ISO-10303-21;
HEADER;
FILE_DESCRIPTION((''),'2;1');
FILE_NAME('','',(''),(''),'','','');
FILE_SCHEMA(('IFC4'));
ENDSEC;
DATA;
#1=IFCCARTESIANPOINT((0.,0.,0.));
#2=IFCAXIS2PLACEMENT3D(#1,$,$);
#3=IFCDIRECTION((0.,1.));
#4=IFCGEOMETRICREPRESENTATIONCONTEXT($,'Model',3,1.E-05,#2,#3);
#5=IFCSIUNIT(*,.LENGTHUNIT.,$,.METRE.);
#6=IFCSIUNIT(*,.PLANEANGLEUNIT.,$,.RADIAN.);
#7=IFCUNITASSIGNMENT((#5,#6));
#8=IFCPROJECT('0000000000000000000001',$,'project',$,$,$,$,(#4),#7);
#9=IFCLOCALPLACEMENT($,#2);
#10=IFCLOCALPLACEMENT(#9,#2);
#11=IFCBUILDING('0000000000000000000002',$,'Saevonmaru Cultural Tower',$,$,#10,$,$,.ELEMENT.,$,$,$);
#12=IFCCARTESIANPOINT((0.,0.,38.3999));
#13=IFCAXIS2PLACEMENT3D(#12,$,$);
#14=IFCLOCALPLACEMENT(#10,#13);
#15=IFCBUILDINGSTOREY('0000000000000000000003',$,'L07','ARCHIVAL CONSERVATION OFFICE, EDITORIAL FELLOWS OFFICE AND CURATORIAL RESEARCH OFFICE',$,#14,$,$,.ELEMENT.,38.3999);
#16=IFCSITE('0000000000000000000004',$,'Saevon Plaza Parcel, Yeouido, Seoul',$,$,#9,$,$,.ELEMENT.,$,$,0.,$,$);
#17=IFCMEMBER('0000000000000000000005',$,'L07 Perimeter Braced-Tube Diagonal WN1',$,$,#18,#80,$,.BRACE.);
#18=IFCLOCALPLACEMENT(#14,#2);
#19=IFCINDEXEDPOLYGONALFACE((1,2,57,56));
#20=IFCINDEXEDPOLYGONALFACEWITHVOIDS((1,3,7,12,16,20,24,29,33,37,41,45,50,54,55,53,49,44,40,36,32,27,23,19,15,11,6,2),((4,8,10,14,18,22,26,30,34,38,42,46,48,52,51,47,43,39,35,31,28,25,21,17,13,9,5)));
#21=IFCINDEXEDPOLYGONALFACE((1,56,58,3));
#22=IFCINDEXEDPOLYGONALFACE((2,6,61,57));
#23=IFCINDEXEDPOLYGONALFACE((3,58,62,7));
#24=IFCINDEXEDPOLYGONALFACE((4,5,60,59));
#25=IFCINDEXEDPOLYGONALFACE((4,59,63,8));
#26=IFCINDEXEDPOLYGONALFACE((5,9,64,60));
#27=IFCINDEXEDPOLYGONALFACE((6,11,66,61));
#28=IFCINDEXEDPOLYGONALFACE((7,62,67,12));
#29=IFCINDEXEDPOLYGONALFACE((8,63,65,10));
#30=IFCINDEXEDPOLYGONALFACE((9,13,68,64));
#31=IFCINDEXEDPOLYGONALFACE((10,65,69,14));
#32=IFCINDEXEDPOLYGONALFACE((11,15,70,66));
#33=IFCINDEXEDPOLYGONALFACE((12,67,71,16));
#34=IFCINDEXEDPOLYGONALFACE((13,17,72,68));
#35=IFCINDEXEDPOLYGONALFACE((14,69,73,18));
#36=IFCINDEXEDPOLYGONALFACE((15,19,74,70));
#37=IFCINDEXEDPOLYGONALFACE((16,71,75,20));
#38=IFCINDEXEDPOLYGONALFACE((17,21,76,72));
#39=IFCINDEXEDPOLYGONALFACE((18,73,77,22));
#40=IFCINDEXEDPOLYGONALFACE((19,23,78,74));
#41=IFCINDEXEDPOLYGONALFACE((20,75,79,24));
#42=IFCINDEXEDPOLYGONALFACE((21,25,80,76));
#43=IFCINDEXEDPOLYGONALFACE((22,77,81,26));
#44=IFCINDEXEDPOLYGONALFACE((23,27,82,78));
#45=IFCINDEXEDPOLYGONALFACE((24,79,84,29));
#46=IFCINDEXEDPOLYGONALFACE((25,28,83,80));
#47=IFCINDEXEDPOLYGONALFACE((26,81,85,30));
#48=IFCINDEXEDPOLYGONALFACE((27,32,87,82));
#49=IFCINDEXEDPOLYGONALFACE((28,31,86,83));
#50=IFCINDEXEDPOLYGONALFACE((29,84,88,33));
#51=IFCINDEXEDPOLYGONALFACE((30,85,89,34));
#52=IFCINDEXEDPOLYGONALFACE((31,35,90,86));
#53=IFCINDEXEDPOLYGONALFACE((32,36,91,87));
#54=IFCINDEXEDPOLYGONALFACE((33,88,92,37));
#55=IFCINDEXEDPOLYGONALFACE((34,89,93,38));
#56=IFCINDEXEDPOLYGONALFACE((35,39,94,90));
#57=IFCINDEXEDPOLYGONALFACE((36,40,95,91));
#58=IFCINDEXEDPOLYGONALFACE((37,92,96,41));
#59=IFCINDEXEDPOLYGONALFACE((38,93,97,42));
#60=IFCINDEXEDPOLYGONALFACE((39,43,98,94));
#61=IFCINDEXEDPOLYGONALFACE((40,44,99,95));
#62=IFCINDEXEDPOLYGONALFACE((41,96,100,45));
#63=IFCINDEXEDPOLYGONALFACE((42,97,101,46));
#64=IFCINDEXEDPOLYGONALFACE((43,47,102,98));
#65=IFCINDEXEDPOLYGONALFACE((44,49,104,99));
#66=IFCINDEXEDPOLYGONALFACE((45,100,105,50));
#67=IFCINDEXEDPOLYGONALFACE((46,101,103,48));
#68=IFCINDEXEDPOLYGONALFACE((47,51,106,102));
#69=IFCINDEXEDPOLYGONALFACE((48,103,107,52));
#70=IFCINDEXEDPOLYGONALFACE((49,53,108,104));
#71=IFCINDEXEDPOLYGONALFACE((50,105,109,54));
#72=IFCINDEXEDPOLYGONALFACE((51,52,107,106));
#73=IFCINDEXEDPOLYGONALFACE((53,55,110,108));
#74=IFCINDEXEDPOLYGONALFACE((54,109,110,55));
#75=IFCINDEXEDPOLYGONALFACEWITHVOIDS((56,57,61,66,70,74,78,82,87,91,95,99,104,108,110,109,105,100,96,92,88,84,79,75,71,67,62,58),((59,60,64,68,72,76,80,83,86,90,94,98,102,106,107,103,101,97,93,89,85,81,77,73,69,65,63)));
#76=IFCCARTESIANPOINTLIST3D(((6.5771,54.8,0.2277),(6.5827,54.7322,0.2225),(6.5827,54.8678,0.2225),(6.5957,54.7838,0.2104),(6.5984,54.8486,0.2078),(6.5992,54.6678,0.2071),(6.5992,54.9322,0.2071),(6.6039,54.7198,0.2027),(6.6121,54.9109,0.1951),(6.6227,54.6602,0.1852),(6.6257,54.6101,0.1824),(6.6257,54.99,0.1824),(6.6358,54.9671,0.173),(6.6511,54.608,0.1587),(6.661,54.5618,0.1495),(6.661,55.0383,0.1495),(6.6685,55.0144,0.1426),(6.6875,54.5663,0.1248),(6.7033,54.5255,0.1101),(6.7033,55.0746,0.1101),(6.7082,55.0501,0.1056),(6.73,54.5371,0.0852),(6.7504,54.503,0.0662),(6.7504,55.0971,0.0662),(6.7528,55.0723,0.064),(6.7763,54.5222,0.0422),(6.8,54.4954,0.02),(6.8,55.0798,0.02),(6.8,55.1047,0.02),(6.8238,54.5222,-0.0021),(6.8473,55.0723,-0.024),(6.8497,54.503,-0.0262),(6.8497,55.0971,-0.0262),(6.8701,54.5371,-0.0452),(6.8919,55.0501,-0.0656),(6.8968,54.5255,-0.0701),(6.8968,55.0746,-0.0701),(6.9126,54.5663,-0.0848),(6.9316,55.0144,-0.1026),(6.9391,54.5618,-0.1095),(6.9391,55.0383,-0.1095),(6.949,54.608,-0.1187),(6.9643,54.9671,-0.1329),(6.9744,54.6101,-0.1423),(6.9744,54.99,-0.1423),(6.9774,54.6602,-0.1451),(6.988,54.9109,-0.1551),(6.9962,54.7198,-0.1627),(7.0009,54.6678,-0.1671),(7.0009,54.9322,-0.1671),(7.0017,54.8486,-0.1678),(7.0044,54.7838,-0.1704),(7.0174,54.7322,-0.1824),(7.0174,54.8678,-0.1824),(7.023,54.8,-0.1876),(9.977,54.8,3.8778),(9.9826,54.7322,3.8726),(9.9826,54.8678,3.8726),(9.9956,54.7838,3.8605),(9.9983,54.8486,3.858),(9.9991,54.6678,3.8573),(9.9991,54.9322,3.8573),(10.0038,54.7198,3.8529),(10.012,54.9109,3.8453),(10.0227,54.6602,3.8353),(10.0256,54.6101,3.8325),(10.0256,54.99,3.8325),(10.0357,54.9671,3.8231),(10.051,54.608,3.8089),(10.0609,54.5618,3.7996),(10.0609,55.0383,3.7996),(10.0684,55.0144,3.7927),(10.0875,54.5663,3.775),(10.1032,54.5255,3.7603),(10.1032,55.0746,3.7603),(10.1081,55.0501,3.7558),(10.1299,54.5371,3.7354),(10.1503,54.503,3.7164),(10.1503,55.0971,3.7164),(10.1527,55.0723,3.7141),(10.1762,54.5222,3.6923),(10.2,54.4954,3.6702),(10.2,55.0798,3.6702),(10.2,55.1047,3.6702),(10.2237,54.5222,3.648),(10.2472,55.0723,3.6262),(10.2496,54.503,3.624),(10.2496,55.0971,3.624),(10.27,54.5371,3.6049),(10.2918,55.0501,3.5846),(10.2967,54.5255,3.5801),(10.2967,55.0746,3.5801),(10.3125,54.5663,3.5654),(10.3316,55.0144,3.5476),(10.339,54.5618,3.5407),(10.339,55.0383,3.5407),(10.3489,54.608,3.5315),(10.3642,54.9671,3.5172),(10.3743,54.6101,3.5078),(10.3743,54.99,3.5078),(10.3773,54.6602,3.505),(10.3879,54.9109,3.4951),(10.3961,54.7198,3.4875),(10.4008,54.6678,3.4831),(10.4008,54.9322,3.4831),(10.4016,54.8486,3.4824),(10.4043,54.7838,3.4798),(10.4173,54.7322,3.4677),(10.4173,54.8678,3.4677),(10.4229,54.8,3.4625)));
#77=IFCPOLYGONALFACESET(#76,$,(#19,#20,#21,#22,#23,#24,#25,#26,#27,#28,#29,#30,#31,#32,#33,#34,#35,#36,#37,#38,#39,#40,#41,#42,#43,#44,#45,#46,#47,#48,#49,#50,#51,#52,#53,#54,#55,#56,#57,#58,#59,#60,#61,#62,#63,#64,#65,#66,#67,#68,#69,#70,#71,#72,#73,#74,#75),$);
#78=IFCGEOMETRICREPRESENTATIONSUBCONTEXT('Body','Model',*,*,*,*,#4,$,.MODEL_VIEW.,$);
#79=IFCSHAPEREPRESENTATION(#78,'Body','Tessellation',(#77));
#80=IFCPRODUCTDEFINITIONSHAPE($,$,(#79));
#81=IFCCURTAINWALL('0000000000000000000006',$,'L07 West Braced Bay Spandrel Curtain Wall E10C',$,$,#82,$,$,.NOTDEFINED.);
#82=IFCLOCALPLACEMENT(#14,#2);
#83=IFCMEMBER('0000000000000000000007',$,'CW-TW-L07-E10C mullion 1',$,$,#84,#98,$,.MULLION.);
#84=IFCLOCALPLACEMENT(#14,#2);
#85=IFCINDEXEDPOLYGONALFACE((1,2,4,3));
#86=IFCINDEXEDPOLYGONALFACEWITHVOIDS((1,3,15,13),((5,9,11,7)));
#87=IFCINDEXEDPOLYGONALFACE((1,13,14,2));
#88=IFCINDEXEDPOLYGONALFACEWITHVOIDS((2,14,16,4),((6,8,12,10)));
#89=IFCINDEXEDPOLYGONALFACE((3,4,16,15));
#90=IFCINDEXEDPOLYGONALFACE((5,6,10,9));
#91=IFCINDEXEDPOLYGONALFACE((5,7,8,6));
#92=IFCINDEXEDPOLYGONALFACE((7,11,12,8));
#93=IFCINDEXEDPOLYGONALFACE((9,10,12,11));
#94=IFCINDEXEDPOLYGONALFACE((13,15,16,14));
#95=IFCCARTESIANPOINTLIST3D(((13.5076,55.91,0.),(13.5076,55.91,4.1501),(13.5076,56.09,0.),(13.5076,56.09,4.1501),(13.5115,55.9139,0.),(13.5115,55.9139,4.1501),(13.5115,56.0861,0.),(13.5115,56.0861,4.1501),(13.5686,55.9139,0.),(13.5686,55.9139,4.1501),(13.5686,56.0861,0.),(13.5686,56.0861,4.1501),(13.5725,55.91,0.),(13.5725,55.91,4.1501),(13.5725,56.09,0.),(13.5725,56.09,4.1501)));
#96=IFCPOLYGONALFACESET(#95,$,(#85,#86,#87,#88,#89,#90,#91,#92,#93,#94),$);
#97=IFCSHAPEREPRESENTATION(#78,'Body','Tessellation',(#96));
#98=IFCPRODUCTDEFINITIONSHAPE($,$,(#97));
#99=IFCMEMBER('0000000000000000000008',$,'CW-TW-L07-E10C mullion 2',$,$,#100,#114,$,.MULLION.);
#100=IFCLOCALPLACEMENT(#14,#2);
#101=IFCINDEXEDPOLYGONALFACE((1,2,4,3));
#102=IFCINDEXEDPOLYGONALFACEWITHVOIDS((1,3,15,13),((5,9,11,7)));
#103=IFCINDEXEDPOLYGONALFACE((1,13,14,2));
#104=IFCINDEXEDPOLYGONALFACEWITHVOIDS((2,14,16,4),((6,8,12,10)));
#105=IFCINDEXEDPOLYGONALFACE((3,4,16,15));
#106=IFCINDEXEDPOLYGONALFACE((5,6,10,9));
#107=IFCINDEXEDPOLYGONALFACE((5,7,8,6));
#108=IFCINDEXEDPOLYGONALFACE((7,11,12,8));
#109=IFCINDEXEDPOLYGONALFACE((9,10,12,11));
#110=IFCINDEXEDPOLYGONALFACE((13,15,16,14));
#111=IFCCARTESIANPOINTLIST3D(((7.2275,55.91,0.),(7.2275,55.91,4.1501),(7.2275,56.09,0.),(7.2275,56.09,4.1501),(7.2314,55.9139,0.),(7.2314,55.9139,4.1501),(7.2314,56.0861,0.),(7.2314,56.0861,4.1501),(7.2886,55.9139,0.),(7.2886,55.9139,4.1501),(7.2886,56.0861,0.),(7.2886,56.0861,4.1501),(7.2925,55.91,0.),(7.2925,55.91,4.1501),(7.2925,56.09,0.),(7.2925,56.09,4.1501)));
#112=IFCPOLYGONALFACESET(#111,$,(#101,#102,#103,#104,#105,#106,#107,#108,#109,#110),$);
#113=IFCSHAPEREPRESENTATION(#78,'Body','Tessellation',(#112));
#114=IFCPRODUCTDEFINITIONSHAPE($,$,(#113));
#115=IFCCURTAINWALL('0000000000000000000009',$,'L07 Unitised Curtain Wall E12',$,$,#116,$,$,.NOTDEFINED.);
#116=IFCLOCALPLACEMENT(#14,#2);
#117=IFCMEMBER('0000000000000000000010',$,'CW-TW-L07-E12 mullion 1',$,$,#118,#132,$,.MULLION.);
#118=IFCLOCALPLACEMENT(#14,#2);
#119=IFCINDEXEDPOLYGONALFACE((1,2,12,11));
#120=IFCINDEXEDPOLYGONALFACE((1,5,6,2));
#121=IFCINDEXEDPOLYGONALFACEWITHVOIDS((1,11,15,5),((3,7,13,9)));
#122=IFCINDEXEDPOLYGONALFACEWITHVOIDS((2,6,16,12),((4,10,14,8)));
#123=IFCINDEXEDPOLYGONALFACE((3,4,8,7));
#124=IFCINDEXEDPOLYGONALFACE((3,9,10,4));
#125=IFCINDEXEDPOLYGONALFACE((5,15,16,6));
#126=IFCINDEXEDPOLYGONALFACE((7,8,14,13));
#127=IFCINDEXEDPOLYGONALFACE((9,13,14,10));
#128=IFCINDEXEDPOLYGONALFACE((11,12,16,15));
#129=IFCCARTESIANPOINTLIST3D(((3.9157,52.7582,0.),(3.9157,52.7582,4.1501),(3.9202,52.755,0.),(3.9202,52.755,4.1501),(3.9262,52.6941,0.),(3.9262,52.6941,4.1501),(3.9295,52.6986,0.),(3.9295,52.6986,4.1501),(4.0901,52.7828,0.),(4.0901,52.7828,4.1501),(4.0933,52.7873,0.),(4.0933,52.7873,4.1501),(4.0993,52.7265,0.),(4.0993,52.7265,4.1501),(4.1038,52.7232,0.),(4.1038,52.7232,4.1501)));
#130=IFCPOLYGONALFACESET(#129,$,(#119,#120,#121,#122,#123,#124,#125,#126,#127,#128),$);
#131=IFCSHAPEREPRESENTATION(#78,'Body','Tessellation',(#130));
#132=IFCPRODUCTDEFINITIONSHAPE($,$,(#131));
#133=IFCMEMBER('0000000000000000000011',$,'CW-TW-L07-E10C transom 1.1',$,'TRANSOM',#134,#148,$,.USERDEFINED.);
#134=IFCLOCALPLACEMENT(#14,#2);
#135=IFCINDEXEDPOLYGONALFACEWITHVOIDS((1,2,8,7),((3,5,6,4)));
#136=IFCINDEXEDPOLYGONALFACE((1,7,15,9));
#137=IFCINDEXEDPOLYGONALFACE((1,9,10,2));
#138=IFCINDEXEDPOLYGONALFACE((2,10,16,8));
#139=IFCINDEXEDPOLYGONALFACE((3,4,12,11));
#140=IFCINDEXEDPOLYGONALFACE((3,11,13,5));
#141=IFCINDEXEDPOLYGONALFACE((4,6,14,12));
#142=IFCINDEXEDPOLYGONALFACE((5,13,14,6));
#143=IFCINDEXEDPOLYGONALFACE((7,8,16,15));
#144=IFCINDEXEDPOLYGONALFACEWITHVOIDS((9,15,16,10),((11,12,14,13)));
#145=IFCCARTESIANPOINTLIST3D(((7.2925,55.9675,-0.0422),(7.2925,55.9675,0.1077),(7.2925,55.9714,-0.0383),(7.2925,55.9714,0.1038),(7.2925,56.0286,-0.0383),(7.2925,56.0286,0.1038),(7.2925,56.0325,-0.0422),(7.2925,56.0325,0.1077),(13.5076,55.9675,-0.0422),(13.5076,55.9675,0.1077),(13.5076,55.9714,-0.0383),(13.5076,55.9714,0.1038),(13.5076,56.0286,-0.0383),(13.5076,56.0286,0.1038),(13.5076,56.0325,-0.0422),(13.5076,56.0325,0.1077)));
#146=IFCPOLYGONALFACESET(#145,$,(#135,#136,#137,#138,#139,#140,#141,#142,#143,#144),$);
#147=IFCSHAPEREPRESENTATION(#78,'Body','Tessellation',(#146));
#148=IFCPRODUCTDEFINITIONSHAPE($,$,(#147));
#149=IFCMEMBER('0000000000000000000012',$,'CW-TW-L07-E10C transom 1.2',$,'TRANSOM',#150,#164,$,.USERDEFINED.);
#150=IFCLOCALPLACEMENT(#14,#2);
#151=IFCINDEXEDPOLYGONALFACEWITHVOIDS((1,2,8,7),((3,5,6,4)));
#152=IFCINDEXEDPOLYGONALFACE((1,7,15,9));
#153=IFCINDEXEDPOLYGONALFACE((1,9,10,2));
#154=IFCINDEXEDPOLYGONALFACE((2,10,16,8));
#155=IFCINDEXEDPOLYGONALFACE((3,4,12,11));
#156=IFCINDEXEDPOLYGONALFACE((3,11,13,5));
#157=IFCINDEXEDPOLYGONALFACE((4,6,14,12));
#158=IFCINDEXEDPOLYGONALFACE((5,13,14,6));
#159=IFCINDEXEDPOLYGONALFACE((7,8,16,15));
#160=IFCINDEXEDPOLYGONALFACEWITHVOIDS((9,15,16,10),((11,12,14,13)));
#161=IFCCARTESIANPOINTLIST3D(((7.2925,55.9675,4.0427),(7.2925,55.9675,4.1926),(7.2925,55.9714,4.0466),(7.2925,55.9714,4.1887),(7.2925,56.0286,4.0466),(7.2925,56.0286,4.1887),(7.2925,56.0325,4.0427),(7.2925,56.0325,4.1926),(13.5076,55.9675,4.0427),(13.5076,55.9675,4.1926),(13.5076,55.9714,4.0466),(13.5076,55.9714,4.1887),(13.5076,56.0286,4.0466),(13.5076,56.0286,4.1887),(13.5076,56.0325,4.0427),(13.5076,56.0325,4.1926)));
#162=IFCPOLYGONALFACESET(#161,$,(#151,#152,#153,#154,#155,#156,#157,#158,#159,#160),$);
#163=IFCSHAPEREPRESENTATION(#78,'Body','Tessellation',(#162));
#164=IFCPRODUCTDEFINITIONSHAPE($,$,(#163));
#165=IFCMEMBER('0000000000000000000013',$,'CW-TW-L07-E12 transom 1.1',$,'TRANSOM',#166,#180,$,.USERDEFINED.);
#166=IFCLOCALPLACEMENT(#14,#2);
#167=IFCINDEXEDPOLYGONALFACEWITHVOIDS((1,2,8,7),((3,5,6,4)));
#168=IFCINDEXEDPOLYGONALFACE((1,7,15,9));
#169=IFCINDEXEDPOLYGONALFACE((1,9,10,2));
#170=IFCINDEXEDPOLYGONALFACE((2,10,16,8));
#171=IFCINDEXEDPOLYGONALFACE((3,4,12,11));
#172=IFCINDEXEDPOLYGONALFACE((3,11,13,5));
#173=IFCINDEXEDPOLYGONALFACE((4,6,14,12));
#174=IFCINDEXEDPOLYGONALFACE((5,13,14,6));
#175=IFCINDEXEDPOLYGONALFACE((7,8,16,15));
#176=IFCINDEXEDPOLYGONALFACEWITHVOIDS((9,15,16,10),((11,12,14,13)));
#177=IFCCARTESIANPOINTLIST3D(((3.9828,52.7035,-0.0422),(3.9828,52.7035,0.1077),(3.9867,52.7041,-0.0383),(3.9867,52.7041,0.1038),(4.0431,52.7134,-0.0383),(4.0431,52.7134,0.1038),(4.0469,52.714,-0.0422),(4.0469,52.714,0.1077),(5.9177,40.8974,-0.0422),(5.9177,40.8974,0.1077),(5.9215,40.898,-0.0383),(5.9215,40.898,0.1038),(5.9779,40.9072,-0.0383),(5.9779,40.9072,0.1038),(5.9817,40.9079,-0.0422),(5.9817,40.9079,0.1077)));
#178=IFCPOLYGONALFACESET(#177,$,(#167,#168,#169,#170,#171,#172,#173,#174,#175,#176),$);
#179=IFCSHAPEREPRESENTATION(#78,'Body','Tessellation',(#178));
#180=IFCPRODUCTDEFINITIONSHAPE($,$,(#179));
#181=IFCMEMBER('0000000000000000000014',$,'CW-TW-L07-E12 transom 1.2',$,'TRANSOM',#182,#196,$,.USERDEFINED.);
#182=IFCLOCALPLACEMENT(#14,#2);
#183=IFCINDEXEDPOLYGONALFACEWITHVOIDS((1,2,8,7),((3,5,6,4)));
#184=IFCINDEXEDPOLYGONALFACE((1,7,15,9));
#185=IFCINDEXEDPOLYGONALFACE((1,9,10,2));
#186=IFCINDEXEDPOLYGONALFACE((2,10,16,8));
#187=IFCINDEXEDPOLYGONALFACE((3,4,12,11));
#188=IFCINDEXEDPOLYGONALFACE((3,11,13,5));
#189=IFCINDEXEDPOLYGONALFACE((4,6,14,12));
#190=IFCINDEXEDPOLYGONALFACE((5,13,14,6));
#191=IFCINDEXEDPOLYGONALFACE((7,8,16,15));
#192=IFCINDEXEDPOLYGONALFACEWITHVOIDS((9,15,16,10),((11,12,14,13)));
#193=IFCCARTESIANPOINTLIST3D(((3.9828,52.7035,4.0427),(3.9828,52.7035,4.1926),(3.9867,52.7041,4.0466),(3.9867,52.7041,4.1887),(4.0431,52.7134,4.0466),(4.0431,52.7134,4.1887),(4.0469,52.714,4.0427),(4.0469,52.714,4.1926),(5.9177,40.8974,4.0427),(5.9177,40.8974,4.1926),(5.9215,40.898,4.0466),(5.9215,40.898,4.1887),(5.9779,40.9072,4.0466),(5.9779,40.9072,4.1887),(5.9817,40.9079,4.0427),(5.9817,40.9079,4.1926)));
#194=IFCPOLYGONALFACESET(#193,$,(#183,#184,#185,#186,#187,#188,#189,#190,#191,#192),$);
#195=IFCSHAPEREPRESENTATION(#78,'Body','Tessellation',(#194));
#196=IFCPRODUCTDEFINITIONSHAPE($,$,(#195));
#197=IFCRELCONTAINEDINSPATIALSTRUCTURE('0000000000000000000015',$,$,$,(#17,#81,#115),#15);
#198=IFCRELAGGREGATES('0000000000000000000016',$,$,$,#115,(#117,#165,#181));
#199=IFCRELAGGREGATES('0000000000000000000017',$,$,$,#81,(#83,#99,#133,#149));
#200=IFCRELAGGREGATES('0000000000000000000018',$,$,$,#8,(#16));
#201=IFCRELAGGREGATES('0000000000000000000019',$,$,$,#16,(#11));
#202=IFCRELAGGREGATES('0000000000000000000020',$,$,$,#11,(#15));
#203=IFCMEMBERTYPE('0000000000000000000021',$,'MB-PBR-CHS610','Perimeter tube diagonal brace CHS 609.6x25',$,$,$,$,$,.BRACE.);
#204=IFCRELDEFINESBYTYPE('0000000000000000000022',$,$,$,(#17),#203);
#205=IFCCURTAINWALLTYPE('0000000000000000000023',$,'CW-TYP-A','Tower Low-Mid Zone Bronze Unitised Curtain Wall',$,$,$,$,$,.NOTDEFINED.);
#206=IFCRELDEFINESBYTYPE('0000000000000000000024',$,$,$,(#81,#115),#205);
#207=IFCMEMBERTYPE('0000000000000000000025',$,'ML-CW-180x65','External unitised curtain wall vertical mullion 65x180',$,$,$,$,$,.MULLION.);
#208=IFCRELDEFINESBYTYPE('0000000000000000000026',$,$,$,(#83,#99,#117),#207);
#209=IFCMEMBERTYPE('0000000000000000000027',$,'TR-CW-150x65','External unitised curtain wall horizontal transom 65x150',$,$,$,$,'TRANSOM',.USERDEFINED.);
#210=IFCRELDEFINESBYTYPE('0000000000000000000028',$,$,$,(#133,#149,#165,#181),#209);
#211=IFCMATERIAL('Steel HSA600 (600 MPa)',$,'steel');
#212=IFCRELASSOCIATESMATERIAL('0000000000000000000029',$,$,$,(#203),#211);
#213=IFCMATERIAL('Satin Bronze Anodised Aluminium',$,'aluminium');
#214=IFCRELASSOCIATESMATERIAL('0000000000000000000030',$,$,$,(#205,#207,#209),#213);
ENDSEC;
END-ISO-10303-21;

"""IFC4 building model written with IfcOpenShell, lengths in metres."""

from ifc_helpers import new_model, si_unit, direction, frame, origin, origin_2d, place, context, subcontext, project, spatial, hollow_rectangle, hollow_circle, extrude, material, material_profile, profile_set, type_object, element, aggregate, save


model = new_model("IFC4")

# Units and contexts
model_context = context("Model", 3, precision=1e-05, world=origin(), true_north=direction((0.0, 1.0)))
body_context = subcontext(model_context, "Body", "Model", "MODEL_VIEW")
ifc_project = project(units=[si_unit("LENGTHUNIT", "METRE"), si_unit("PLANEANGLEUNIT", "RADIAN")], contexts=[model_context])

# Site, building, storey
site_placement = place(None, origin())
site = spatial("IfcSite", under=ifc_project, at=site_placement, Name="Saevon Plaza Parcel, Yeouido, Seoul", CompositionType="ELEMENT", RefElevation=0.0)
building_placement = place(site_placement, origin())
building = spatial("IfcBuilding", under=site, at=building_placement, Name="Saevonmaru Cultural Tower", CompositionType="ELEMENT")
storey_placement = place(building_placement, frame((0.0, 0.0, 38.3999)))
storey = spatial("IfcBuildingStorey", under=building, at=storey_placement, Name="L07", Description="ARCHIVAL CONSERVATION OFFICE, EDITORIAL FELLOWS OFFICE AND CURATORIAL RESEARCH OFFICE", CompositionType="ELEMENT", Elevation=38.3999)

# Shared definitions
ifc_material_1 = material(Name="Steel HSA600 (600 MPa)", Category="steel")

# Member
ifc_material_profile_1 = material_profile(ifc_material_1, hollow_circle(Radius=0.3047, WallThickness=0.0249, at=origin_2d()), Name="CHS-609.6x25")
ifc_profile_set_1 = profile_set([ifc_material_profile_1], Name="Steel HSA600 (600 MPa)")
member_type_1 = type_object("IfcMemberType", Name="MB-PBR-CHS610", Description="Perimeter tube diagonal brace CHS 609.6x25", PredefinedType="BRACE", material=ifc_profile_set_1)
member_1_placement = place(storey_placement, frame((6.8, 54.8, 0.02), z_axis=(0.681579, 0.0, 0.731745), x_axis=(0.0, 1.0, 0.0)))
element("IfcMember", 1, at=member_1_placement, inside=storey, type_object=member_type_1, Name="L07 Perimeter Braced-Tube Diagonal WN1", PredefinedType="BRACE", context=body_context, shape_type="SweptSolid", body=[
    extrude(hollow_circle(Radius=0.3047, WallThickness=0.0249, at=origin_2d()), origin(), (0.0, 0.0, 1.0), 4.9883),
])

# Curtain wall, members
ifc_material_2 = material(Name="Satin Bronze Anodised Aluminium", Category="aluminium")
curtain_wall_type = type_object("IfcCurtainWallType", Name="CW-TYP-A", Description="Tower Low-Mid Zone Bronze Unitised Curtain Wall", PredefinedType="NOTDEFINED", material=ifc_material_2)
curtain_wall_1_placement = place(storey_placement, origin())
curtain_wall_1 = element("IfcCurtainWall", 2, at=curtain_wall_1_placement, inside=storey, type_object=curtain_wall_type, Name="L07 West Braced Bay Spandrel Curtain Wall E10C", PredefinedType="NOTDEFINED")
ifc_material_profile_2 = material_profile(ifc_material_2, hollow_rectangle(XDim=0.0649, YDim=0.1799, WallThickness=0.0039, at=origin_2d()), Name="ALU-MULL-180x65x4")
ifc_profile_set_2 = profile_set([ifc_material_profile_2], Name="Satin Bronze Anodised Aluminium")
member_type_2 = type_object("IfcMemberType", Name="ML-CW-180x65", Description="External unitised curtain wall vertical mullion 65x180", PredefinedType="MULLION", material=ifc_profile_set_2)
member_2_placement = place(storey_placement, frame((13.54, 56.0, 0.0), z_axis=(0.0, 0.0, 1.0), x_axis=(-1.0, 0.0, 0.0)))
member_2 = element("IfcMember", 3, at=member_2_placement, type_object=member_type_2, Name="CW-TW-L07-E10C mullion 1", PredefinedType="MULLION", context=body_context, shape_type="SweptSolid", body=[
    extrude(hollow_rectangle(XDim=0.0649, YDim=0.1799, WallThickness=0.0039, at=origin_2d()), origin(), (0.0, 0.0, 1.0), 4.1501),
])
member_3_placement = place(storey_placement, frame((7.26, 56.0, 0.0), z_axis=(0.0, 0.0, 1.0), x_axis=(-1.0, 0.0, 0.0)))
member_3 = element("IfcMember", 4, at=member_3_placement, type_object=member_type_2, Name="CW-TW-L07-E10C mullion 2", PredefinedType="MULLION", context=body_context, shape_type="SweptSolid", body=[
    extrude(hollow_rectangle(XDim=0.0649, YDim=0.1799, WallThickness=0.0039, at=origin_2d()), origin(), (0.0, 0.0, 1.0), 4.1501),
])

# Curtain wall, member
curtain_wall_2_placement = place(storey_placement, origin())
curtain_wall_2 = element("IfcCurtainWall", 5, at=curtain_wall_2_placement, inside=storey, type_object=curtain_wall_type, Name="L07 Unitised Curtain Wall E12", PredefinedType="NOTDEFINED")
member_4_placement = place(storey_placement, frame((4.0098, 52.7407, 0.0), z_axis=(0.0, 0.0, 1.0), x_axis=(0.161709, -0.986839, 0.0)))
member_4 = element("IfcMember", 6, at=member_4_placement, type_object=member_type_2, Name="CW-TW-L07-E12 mullion 1", PredefinedType="MULLION", context=body_context, shape_type="SweptSolid", body=[
    extrude(hollow_rectangle(XDim=0.0649, YDim=0.1799, WallThickness=0.0039, at=origin_2d()), origin(), (0.0, 0.0, 1.0), 4.1501),
])

# Members
ifc_material_profile_3 = material_profile(ifc_material_2, hollow_rectangle(XDim=0.0649, YDim=0.1499, WallThickness=0.0039, at=origin_2d()), Name="ALU-TRAN-150x65x4")
ifc_profile_set_3 = profile_set([ifc_material_profile_3], Name="Satin Bronze Anodised Aluminium")
member_type_3 = type_object("IfcMemberType", Name="TR-CW-150x65", Description="External unitised curtain wall horizontal transom 65x150", ElementType="TRANSOM", PredefinedType="USERDEFINED", material=ifc_profile_set_3)
member_5_placement = place(storey_placement, frame((13.5076, 56.0, 0.0327), z_axis=(-1.0, 0.0, 0.0), x_axis=(0.0, -1.0, 0.0)))
member_5 = element("IfcMember", 7, at=member_5_placement, type_object=member_type_3, Name="CW-TW-L07-E10C transom 1.1", ObjectType="TRANSOM", PredefinedType="USERDEFINED", context=body_context, shape_type="SweptSolid", body=[
    extrude(hollow_rectangle(XDim=0.0649, YDim=0.1499, WallThickness=0.0039, at=origin_2d()), origin(), (0.0, 0.0, 1.0), 6.2151),
])
member_6_placement = place(storey_placement, frame((13.5076, 56.0, 4.1177), z_axis=(-1.0, 0.0, 0.0), x_axis=(0.0, -1.0, 0.0)))
member_6 = element("IfcMember", 8, at=member_6_placement, type_object=member_type_3, Name="CW-TW-L07-E10C transom 1.2", ObjectType="TRANSOM", PredefinedType="USERDEFINED", context=body_context, shape_type="SweptSolid", body=[
    extrude(hollow_rectangle(XDim=0.0649, YDim=0.1499, WallThickness=0.0039, at=origin_2d()), origin(), (0.0, 0.0, 1.0), 6.2151),
])
member_7_placement = place(storey_placement, frame((4.0149, 52.7087, 0.0327), z_axis=(0.161725, -0.986836, 0.0), x_axis=(0.986836, 0.161725, 0.0)))
member_7 = element("IfcMember", 9, at=member_7_placement, type_object=member_type_3, Name="CW-TW-L07-E12 transom 1.1", ObjectType="TRANSOM", PredefinedType="USERDEFINED", context=body_context, shape_type="SweptSolid", body=[
    extrude(hollow_rectangle(XDim=0.0649, YDim=0.1499, WallThickness=0.0039, at=origin_2d()), origin(), (0.0, 0.0, 1.0), 11.9636),
])
member_8_placement = place(storey_placement, frame((4.0149, 52.7087, 4.1177), z_axis=(0.161725, -0.986836, 0.0), x_axis=(0.986836, 0.161725, 0.0)))
member_8 = element("IfcMember", 10, at=member_8_placement, type_object=member_type_3, Name="CW-TW-L07-E12 transom 1.2", ObjectType="TRANSOM", PredefinedType="USERDEFINED", context=body_context, shape_type="SweptSolid", body=[
    extrude(hollow_rectangle(XDim=0.0649, YDim=0.1499, WallThickness=0.0039, at=origin_2d()), origin(), (0.0, 0.0, 1.0), 11.9636),
])

aggregate(curtain_wall_2, [member_4, member_7, member_8])
aggregate(curtain_wall_1, [member_2, member_3, member_5, member_6])

save(model, "model.ifc")
